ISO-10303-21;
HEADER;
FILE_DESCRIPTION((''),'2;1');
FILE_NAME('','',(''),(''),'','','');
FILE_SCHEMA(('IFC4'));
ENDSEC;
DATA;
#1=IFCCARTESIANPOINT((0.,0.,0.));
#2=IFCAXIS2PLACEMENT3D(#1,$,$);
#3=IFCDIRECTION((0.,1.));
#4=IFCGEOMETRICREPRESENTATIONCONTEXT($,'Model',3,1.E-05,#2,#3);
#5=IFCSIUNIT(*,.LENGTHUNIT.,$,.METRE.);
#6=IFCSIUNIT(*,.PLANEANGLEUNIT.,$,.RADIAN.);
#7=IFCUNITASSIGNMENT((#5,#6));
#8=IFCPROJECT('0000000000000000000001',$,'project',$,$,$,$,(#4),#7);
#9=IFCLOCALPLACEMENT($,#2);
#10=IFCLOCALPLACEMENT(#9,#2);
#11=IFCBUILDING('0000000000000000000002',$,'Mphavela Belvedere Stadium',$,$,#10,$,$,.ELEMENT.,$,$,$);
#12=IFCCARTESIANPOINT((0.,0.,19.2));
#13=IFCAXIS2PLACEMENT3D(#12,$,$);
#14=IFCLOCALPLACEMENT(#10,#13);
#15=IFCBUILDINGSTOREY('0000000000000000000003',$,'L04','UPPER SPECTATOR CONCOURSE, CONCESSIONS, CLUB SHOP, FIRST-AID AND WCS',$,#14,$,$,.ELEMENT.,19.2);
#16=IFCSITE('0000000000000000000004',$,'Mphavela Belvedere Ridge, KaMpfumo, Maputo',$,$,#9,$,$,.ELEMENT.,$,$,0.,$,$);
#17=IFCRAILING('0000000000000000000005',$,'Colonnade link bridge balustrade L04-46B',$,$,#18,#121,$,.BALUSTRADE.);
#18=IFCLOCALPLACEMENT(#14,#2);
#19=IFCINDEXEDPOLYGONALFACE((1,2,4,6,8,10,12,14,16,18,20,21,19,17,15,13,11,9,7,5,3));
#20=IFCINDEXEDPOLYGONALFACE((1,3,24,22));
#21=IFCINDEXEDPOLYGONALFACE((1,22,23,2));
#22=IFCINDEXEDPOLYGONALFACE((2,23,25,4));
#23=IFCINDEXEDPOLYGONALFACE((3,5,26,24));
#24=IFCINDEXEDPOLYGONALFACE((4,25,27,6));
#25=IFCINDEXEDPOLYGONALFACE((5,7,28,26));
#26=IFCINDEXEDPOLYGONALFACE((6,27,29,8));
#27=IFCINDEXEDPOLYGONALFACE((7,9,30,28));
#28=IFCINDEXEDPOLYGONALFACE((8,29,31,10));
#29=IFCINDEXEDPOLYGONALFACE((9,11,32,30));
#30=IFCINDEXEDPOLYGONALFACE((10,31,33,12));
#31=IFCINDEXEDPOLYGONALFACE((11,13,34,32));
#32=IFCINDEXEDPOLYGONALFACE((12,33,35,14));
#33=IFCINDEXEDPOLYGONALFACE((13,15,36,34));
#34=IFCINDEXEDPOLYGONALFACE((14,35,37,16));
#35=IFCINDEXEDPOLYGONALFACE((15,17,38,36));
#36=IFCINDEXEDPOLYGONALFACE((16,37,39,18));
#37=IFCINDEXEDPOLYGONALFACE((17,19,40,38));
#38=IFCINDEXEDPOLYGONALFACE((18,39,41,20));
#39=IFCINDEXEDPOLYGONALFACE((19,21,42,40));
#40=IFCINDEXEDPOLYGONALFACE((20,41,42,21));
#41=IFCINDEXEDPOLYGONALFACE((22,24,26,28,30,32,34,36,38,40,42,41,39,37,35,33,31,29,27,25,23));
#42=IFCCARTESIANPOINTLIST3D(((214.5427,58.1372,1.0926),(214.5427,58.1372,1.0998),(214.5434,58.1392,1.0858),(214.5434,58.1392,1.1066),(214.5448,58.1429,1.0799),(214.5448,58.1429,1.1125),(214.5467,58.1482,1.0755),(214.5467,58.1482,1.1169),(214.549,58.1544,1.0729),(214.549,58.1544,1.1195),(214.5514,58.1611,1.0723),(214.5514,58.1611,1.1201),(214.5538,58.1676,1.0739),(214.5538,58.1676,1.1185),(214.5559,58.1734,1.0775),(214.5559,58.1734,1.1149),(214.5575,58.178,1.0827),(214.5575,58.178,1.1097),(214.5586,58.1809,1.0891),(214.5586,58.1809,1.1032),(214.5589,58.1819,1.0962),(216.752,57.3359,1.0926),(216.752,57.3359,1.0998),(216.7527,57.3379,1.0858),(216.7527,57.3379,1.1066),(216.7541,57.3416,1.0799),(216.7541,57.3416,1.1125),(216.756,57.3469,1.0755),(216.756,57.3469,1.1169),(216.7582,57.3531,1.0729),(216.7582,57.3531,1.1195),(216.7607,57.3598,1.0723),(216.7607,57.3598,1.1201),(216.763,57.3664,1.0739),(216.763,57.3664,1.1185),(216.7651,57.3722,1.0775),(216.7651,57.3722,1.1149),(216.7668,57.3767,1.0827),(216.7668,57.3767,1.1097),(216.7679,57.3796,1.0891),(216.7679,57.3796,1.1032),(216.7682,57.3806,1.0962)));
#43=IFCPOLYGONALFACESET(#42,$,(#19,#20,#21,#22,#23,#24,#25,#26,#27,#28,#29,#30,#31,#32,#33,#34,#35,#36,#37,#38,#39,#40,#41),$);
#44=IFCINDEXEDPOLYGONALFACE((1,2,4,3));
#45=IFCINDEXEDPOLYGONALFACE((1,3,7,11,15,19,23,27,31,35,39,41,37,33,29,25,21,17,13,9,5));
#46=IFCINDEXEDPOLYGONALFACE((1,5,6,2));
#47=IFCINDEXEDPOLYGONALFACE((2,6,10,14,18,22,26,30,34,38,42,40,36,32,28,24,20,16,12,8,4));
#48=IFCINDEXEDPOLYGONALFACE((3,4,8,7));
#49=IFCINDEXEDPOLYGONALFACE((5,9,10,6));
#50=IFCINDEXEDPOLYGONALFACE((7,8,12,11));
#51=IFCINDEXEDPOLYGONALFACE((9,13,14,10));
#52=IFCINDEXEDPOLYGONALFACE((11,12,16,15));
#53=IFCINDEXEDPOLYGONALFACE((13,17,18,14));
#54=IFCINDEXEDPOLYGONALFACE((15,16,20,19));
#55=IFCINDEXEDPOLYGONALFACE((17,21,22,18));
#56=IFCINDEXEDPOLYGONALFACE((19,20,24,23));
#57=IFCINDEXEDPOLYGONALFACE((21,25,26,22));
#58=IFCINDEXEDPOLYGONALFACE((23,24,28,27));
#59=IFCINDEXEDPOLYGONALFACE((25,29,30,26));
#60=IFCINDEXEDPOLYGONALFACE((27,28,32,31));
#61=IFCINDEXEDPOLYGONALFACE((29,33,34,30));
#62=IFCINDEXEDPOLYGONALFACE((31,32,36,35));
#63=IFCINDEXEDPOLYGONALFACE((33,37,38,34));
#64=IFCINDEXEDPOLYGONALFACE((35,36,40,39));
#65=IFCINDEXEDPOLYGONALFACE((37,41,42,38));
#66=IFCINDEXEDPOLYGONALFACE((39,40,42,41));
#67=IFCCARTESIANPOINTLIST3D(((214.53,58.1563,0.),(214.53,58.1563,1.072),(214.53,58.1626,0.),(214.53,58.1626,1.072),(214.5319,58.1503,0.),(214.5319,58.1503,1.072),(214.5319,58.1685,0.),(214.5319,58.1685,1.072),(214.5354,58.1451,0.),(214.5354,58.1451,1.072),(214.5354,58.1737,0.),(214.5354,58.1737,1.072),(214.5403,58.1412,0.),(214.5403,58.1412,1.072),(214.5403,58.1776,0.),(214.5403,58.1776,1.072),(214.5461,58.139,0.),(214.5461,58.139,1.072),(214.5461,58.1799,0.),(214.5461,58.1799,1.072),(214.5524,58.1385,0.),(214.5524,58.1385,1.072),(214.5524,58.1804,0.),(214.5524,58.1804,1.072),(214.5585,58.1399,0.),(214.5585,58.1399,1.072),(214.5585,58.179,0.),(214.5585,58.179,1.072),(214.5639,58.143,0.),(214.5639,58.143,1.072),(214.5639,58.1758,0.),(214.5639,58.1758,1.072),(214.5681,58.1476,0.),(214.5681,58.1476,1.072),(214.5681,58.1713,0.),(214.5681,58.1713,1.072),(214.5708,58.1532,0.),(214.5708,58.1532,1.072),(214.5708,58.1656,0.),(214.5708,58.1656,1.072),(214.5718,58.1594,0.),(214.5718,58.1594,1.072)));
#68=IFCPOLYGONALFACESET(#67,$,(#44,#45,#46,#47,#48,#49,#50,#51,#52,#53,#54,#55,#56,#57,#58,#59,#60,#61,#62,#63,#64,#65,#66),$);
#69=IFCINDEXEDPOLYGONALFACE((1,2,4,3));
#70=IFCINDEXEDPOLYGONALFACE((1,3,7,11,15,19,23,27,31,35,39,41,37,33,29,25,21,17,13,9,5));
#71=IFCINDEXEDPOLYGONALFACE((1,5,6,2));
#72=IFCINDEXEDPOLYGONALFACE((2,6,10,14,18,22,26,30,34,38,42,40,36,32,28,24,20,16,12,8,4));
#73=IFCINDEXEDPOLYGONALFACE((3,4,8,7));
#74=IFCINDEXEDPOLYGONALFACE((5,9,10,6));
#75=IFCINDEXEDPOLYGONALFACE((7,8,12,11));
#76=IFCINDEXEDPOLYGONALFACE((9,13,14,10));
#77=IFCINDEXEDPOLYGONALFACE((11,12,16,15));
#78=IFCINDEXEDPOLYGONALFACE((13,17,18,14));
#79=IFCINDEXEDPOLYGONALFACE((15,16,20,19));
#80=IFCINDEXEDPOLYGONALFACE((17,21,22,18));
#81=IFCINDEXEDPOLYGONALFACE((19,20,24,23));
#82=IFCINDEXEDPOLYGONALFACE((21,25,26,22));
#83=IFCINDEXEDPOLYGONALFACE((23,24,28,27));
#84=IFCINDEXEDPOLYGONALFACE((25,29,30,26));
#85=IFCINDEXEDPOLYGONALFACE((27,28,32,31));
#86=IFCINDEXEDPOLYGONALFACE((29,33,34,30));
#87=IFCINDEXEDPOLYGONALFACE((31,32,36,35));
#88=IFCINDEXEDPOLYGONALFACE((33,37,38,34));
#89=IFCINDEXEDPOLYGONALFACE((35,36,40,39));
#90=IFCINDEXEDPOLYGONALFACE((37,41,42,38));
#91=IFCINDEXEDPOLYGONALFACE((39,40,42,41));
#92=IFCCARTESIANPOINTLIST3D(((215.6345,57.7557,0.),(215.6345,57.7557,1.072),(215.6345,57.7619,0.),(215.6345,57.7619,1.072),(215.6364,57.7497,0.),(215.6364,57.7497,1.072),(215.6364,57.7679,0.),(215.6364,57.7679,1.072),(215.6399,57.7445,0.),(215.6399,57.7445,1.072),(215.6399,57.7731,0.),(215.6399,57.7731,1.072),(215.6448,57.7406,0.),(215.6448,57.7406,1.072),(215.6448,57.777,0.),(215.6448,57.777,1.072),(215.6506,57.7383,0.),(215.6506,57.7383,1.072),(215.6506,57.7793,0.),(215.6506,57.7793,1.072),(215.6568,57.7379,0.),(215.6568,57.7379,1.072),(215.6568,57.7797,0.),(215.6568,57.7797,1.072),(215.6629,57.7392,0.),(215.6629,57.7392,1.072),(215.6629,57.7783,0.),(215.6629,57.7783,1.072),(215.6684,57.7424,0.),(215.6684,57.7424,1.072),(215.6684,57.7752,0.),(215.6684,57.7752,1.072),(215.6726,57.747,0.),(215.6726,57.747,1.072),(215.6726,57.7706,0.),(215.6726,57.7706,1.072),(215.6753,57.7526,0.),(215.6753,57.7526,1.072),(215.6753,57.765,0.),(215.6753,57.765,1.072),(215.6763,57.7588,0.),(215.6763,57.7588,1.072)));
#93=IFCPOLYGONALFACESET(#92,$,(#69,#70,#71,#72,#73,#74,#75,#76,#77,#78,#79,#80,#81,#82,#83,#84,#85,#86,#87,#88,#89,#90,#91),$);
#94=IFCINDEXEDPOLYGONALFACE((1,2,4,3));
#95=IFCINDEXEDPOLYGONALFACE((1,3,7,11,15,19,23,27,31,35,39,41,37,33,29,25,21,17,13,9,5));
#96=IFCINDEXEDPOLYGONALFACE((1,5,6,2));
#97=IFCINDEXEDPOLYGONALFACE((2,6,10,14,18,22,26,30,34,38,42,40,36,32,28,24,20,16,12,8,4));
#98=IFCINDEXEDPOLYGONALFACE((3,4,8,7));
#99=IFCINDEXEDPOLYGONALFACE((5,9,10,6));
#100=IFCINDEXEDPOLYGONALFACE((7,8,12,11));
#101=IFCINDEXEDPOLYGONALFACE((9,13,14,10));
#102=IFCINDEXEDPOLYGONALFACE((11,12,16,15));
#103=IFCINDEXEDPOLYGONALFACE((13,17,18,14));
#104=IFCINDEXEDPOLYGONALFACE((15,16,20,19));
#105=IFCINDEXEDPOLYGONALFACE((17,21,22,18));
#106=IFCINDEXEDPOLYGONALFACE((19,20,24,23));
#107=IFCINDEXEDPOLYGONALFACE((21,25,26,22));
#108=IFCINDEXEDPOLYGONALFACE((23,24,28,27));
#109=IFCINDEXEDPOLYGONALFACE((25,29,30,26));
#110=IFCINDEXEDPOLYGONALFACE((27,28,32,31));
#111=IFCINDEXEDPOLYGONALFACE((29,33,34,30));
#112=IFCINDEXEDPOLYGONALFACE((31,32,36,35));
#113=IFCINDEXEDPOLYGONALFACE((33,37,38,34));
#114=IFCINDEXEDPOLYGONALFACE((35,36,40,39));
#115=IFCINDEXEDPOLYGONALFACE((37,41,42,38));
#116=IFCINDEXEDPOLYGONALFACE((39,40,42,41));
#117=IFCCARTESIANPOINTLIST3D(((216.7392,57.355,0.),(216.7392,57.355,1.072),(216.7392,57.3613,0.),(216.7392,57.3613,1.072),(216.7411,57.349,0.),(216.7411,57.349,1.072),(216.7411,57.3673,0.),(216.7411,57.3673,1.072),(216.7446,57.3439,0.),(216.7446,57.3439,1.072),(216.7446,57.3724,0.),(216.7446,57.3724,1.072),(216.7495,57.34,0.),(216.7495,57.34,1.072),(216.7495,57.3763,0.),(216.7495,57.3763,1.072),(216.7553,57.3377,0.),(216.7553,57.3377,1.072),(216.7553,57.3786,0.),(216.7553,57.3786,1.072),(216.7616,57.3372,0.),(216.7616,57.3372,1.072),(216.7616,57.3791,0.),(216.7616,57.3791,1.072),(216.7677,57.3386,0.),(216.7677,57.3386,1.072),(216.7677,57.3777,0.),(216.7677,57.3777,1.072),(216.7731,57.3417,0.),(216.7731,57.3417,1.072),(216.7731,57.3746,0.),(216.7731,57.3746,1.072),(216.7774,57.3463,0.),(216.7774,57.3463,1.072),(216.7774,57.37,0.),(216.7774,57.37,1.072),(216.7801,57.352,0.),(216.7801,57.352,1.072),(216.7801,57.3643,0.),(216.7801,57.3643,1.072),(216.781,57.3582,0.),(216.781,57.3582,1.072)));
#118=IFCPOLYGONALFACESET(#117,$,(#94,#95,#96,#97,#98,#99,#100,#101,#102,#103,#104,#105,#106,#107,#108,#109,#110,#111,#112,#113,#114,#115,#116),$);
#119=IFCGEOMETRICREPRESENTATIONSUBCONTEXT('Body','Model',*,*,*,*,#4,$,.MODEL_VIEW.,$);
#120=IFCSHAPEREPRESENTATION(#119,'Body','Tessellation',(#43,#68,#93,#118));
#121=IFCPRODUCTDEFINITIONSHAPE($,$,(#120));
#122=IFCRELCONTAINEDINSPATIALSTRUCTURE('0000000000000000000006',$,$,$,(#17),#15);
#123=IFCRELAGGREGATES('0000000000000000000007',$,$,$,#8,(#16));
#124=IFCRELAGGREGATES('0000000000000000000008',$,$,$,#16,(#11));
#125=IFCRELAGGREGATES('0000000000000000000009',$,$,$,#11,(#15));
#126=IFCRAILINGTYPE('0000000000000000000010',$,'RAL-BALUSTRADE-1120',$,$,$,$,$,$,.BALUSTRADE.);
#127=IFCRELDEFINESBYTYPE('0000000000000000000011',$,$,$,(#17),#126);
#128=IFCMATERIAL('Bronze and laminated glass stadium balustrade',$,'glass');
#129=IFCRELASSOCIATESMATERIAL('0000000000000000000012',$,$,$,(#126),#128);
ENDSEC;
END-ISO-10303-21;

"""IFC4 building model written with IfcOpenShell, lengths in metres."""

from ifc_helpers import new_model, si_unit, direction, frame, origin, origin_2d, place, context, subcontext, project, spatial, circle, extrude, material, type_object, element, save


model = new_model("IFC4")

# Units and contexts
model_context = context("Model", 3, precision=1e-05, world=origin(), true_north=direction((0.0, 1.0)))
body_context = subcontext(model_context, "Body", "Model", "MODEL_VIEW")
ifc_project = project(units=[si_unit("LENGTHUNIT", "METRE"), si_unit("PLANEANGLEUNIT", "RADIAN")], contexts=[model_context])

# Site, building, storey
site_placement = place(None, origin())
site = spatial("IfcSite", under=ifc_project, at=site_placement, Name="Mphavela Belvedere Ridge, KaMpfumo, Maputo", CompositionType="ELEMENT", RefElevation=0.0)
building_placement = place(site_placement, origin())
building = spatial("IfcBuilding", under=site, at=building_placement, Name="Mphavela Belvedere Stadium", CompositionType="ELEMENT")
storey_placement = place(building_placement, frame((0.0, 0.0, 19.2)))
storey = spatial("IfcBuildingStorey", under=building, at=storey_placement, Name="L04", Description="UPPER SPECTATOR CONCOURSE, CONCESSIONS, CLUB SHOP, FIRST-AID AND WCS", CompositionType="ELEMENT", Elevation=19.2)

# Railing
ifc_material_1 = material(Name="Bronze and laminated glass stadium balustrade", Category="glass")
railing_type = type_object("IfcRailingType", Name="RAL-BALUSTRADE-1120", PredefinedType="BALUSTRADE", material=ifc_material_1)
railing_1_placement = place(storey_placement, frame((214.5508, 58.1594, 0.0)))
element("IfcRailing", 1, at=railing_1_placement, inside=storey, type_object=railing_type, Name="Colonnade link bridge balustrade L04-46B", PredefinedType="BALUSTRADE", context=body_context, shape_type="SweptSolid", body=[
    extrude(circle(Radius=0.0239, at=origin_2d()), frame((0.0, 0.0, 1.0962), z_axis=(0.940078, -0.340959, 0.0), x_axis=(0.340959, 0.940078, 0.0)), (0.0, 0.0, 1.0), 2.3501),
    extrude(circle(Radius=0.021, at=origin_2d()), origin(), (0.0, 0.0, 1.0), 1.072),
    extrude(circle(Radius=0.021, at=origin_2d()), frame((1.1045, -0.4006, 0.0)), (0.0, 0.0, 1.0), 1.072),
    extrude(circle(Radius=0.021, at=origin_2d()), frame((2.2092, -0.8013, 0.0)), (0.0, 0.0, 1.0), 1.072),
])

save(model, "model.ifc")
